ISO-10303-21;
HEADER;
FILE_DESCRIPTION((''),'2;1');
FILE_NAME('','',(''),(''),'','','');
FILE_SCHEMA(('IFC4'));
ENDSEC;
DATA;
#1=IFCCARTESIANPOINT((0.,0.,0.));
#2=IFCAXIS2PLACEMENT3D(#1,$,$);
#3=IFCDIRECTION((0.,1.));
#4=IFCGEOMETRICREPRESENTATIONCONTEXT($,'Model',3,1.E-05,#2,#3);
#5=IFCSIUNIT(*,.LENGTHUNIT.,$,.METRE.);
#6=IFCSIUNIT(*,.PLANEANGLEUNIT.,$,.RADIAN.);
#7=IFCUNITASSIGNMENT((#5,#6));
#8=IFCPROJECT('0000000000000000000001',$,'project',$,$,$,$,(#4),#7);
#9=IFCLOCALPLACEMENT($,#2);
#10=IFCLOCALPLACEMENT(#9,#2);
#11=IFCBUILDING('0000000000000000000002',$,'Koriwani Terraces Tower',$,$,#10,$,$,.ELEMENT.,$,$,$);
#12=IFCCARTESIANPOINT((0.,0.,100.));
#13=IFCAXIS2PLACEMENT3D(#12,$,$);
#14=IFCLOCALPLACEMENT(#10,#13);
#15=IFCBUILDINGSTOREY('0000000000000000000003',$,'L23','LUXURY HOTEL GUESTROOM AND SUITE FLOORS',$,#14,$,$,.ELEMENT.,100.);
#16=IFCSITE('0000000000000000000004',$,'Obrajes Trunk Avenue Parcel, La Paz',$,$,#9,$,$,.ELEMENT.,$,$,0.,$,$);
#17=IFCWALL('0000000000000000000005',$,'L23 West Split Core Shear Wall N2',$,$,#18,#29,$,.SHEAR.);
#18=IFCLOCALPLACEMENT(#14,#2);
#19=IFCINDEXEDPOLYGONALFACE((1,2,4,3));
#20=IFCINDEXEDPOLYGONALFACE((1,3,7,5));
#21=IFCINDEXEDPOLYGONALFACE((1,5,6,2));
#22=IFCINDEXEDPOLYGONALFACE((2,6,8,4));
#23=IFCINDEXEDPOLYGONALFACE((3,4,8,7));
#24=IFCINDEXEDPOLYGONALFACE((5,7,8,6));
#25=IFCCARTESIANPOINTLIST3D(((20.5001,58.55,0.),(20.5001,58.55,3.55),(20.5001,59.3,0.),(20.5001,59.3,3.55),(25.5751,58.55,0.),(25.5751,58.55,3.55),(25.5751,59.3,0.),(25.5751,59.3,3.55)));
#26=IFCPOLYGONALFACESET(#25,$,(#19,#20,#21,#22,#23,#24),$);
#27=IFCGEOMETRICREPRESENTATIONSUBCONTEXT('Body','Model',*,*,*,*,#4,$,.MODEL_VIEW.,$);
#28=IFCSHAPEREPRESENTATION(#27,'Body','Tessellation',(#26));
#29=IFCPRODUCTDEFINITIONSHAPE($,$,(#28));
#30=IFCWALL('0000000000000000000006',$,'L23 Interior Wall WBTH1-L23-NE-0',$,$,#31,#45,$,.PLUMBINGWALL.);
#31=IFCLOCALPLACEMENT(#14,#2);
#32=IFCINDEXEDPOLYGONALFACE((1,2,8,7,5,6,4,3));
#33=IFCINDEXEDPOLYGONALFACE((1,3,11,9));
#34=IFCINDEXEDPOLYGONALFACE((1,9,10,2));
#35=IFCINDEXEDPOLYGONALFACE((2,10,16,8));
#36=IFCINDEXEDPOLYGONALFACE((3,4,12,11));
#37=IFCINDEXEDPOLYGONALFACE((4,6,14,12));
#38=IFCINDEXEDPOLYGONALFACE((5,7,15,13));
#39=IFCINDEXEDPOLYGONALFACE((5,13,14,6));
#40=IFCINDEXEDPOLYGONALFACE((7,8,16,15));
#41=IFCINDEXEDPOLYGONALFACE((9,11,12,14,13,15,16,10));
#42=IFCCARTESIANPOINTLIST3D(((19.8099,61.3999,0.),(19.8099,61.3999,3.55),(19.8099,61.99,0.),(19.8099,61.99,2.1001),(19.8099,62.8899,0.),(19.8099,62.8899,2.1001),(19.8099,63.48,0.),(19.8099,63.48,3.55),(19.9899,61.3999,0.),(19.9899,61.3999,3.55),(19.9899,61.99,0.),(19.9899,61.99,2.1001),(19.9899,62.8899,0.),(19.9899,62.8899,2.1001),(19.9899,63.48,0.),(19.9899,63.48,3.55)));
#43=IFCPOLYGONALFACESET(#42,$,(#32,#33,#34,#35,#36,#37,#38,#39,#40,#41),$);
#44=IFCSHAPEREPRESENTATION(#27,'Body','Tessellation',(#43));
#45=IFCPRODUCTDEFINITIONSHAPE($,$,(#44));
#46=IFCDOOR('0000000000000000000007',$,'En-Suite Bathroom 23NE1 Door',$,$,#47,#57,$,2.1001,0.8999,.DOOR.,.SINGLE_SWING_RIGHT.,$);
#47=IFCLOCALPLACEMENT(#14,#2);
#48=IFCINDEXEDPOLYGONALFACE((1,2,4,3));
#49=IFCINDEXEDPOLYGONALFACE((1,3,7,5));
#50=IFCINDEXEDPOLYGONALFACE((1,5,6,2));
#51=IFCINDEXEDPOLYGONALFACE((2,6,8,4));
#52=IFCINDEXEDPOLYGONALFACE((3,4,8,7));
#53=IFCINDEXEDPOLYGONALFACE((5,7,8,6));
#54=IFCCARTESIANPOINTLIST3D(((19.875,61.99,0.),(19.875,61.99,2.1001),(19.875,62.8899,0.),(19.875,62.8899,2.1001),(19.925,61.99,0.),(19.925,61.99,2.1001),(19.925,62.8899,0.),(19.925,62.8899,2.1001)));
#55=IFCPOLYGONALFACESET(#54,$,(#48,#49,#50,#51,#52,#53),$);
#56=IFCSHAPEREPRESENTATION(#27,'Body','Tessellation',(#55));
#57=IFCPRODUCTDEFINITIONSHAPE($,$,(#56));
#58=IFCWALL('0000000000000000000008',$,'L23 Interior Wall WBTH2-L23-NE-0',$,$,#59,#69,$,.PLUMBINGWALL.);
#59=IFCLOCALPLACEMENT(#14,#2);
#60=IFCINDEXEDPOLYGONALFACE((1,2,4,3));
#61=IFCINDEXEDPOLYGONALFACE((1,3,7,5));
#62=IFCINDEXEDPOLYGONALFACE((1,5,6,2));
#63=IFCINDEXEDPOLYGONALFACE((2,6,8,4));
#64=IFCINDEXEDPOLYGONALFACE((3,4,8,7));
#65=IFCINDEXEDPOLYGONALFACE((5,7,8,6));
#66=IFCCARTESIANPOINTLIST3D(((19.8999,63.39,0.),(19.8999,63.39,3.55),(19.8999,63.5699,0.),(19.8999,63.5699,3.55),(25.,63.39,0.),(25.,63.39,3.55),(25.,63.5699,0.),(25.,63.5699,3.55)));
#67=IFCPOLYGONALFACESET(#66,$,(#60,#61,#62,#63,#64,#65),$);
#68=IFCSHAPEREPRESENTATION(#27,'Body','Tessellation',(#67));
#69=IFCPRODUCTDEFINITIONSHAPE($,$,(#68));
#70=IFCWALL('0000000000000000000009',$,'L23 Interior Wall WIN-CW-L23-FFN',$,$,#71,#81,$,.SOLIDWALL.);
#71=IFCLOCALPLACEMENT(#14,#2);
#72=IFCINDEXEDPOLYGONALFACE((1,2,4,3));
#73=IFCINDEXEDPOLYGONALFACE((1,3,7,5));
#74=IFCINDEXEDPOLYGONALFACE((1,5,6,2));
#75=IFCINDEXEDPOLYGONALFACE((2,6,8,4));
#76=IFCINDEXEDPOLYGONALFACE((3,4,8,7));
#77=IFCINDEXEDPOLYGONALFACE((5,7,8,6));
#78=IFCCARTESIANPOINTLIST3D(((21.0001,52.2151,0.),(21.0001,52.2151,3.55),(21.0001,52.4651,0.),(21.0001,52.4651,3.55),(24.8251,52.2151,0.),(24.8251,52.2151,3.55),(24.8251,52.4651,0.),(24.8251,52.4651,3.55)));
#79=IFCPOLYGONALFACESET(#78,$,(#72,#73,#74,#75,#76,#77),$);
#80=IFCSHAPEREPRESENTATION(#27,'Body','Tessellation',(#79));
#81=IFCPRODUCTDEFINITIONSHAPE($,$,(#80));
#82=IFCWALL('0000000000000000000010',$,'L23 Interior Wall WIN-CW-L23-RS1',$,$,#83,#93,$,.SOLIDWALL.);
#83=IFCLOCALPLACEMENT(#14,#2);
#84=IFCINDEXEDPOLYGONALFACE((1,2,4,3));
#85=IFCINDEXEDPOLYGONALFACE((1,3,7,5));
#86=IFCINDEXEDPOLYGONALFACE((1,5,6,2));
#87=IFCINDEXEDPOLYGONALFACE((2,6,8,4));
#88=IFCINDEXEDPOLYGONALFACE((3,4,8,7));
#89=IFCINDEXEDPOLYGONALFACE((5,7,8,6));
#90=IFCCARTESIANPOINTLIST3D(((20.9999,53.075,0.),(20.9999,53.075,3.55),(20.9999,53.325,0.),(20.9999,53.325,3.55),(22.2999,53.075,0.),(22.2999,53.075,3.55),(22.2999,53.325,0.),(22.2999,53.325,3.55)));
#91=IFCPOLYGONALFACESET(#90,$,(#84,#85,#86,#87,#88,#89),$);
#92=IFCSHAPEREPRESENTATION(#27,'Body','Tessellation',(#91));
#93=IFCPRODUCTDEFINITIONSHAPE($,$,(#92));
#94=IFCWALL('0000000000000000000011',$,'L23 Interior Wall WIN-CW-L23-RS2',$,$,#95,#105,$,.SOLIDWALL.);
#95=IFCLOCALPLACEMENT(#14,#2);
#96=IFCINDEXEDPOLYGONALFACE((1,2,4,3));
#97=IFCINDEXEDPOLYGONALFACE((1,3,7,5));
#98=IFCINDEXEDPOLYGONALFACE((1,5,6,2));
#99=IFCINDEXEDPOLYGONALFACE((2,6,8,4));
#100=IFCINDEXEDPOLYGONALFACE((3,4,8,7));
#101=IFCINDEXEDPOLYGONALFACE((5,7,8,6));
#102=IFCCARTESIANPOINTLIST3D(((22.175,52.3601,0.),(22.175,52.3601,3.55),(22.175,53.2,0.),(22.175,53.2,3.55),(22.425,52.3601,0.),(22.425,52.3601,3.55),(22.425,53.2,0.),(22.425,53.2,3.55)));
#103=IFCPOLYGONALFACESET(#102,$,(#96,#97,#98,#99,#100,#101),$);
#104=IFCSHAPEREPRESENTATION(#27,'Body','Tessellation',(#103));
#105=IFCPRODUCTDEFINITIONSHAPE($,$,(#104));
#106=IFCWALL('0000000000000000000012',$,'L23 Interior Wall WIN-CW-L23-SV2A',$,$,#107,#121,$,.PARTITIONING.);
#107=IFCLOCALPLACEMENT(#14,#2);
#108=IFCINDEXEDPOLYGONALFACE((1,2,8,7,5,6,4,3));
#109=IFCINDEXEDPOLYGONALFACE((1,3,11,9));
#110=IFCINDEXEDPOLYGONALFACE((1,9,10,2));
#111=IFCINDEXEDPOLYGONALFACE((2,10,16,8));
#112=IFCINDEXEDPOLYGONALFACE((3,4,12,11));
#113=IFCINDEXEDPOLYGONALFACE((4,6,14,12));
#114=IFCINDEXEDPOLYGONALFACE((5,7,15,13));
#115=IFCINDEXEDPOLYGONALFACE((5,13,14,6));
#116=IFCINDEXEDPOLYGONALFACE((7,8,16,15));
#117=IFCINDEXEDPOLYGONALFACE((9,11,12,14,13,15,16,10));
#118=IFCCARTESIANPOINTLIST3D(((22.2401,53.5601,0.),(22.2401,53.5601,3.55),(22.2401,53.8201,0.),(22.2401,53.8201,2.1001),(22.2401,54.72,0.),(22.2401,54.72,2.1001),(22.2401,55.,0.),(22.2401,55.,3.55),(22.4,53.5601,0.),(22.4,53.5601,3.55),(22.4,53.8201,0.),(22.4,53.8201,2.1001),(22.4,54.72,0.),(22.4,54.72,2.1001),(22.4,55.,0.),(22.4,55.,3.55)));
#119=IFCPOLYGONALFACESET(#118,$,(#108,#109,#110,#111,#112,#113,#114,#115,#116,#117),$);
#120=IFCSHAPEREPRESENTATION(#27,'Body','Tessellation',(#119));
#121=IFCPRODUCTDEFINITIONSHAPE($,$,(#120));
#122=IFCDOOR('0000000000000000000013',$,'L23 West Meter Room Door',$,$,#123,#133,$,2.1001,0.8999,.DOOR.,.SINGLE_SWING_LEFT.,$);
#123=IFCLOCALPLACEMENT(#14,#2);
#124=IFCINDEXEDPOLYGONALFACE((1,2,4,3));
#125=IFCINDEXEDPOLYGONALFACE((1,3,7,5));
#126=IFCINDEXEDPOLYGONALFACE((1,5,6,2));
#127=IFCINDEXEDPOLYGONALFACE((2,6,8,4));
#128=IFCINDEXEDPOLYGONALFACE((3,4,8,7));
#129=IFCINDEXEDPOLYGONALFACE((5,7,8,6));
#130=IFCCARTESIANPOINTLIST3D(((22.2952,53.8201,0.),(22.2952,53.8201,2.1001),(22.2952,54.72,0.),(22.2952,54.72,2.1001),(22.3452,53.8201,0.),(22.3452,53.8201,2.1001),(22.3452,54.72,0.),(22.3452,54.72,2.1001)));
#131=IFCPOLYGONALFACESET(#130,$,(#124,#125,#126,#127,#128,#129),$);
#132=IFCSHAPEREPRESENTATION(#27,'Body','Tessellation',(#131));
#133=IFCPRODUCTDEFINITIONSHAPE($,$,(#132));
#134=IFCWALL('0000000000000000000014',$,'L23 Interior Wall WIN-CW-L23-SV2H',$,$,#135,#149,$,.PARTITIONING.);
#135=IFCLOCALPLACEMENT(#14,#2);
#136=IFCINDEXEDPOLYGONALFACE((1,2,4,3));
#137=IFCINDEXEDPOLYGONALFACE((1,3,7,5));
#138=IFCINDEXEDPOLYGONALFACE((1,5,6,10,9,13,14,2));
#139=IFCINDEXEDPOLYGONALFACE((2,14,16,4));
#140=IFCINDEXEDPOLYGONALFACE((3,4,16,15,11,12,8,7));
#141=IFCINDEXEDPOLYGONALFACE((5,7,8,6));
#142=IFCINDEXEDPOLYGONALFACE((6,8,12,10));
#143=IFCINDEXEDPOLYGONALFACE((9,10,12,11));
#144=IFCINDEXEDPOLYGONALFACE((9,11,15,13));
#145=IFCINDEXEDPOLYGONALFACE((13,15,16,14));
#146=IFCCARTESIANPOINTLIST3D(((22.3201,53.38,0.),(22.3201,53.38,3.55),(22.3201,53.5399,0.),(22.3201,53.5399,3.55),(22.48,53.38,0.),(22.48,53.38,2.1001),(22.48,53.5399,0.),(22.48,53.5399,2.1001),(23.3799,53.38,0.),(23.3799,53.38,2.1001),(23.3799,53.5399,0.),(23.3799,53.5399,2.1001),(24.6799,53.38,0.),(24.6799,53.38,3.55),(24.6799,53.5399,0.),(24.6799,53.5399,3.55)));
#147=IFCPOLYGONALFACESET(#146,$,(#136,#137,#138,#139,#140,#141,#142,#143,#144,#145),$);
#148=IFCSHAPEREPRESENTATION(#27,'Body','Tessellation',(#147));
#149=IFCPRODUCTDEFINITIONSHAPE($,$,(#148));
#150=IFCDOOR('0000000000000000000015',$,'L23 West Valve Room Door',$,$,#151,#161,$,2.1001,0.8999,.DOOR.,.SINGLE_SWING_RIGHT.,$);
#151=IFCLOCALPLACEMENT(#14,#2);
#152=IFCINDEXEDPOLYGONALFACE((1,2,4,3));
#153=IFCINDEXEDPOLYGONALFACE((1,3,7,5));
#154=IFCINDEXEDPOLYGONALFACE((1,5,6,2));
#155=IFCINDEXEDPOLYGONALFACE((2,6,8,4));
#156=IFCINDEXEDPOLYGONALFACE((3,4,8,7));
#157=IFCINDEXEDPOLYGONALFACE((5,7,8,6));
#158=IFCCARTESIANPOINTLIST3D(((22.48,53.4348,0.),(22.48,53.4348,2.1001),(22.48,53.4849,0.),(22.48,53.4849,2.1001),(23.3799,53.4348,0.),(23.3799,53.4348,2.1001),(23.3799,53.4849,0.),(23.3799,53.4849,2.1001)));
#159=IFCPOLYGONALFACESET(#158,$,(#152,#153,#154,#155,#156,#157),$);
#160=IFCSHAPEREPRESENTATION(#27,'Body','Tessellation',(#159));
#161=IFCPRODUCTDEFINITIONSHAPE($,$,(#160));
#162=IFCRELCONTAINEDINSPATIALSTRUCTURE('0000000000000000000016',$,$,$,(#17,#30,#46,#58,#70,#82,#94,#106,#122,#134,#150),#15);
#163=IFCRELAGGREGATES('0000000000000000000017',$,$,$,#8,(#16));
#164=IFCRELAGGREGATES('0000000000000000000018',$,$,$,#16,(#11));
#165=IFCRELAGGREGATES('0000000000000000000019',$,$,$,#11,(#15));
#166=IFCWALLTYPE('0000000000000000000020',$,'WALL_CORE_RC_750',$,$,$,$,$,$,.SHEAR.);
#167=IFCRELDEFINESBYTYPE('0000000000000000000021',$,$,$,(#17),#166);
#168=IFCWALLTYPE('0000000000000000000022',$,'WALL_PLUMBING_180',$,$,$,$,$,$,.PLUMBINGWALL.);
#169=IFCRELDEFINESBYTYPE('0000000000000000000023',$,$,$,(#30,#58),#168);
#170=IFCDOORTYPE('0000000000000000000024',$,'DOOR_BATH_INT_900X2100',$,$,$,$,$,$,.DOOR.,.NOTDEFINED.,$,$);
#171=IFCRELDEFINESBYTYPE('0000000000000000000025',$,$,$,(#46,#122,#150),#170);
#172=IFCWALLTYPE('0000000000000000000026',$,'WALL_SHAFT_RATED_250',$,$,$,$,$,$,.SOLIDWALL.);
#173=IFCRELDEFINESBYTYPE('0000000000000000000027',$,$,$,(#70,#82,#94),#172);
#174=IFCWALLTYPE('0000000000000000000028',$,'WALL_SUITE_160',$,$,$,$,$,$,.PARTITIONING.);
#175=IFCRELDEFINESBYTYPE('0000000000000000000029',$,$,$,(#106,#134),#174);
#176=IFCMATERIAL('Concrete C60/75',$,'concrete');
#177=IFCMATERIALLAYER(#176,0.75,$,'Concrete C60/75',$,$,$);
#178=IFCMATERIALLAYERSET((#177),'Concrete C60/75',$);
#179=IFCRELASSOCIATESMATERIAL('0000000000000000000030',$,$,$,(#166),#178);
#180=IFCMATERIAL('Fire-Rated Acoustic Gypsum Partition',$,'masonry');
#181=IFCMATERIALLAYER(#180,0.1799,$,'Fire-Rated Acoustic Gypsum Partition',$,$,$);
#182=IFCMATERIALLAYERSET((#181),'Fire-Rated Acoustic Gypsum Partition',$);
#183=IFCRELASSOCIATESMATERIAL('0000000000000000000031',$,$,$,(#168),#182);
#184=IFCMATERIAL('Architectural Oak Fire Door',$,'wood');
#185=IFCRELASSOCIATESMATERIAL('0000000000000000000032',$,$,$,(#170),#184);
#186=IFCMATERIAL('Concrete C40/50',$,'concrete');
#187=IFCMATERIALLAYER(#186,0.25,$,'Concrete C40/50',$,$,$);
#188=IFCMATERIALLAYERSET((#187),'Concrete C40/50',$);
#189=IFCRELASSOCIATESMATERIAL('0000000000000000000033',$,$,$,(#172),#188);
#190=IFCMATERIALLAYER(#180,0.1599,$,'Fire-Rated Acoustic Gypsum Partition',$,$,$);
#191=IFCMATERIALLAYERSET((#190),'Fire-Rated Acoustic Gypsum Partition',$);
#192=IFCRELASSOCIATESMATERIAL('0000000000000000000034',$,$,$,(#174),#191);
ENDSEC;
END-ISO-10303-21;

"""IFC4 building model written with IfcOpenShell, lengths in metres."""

from ifc_helpers import new_model, si_unit, direction, frame, frame_2d, origin, place, context, subcontext, project, spatial, rectangle, extrude, material, layer, layer_set, type_object, element, fill, save


model = new_model("IFC4")

# Units and contexts
model_context = context("Model", 3, precision=1e-05, world=origin(), true_north=direction((0.0, 1.0)))
body_context = subcontext(model_context, "Body", "Model", "MODEL_VIEW")
ifc_project = project(units=[si_unit("LENGTHUNIT", "METRE"), si_unit("PLANEANGLEUNIT", "RADIAN")], contexts=[model_context])

# Site, building, storey
site_placement = place(None, origin())
site = spatial("IfcSite", under=ifc_project, at=site_placement, Name="Obrajes Trunk Avenue Parcel, La Paz", CompositionType="ELEMENT", RefElevation=0.0)
building_placement = place(site_placement, origin())
building = spatial("IfcBuilding", under=site, at=building_placement, Name="Koriwani Terraces Tower", CompositionType="ELEMENT")
storey_placement = place(building_placement, frame((0.0, 0.0, 100.0)))
storey = spatial("IfcBuildingStorey", under=building, at=storey_placement, Name="L23", Description="LUXURY HOTEL GUESTROOM AND SUITE FLOORS", CompositionType="ELEMENT", Elevation=100.0)

# Wall
ifc_material_1 = material(Name="Concrete C60/75", Category="concrete")
ifc_layer_1 = layer(ifc_material_1, 0.75, Name="Concrete C60/75")
ifc_layer_set_1 = layer_set([ifc_layer_1], Name="Concrete C60/75")
wall_type_1 = type_object("IfcWallType", Name="WALL_CORE_RC_750", PredefinedType="SHEAR", material=ifc_layer_set_1)
wall_1_placement = place(storey_placement, frame((20.5, 58.925, 0.0), z_axis=(0.0, 0.0, 1.0), x_axis=(1.0, 0.0, 0.0)))
element("IfcWall", 1, at=wall_1_placement, inside=storey, type_object=wall_type_1, Name="L23 West Split Core Shear Wall N2", PredefinedType="SHEAR", context=body_context, shape_type="SweptSolid", body=[
    extrude(rectangle(XDim=5.075, YDim=0.75, at=frame_2d((2.5376, 0.0))), origin(), (0.0, 0.0, 1.0), 3.55),
])

# Wall, opening, door
ifc_material_2 = material(Name="Fire-Rated Acoustic Gypsum Partition", Category="masonry")
ifc_layer_2 = layer(ifc_material_2, 0.1799, Name="Fire-Rated Acoustic Gypsum Partition")
ifc_layer_set_2 = layer_set([ifc_layer_2], Name="Fire-Rated Acoustic Gypsum Partition")
wall_type_2 = type_object("IfcWallType", Name="WALL_PLUMBING_180", PredefinedType="PLUMBINGWALL", material=ifc_layer_set_2)
wall_2_placement = place(storey_placement, frame((19.8999, 61.3999, 0.0), z_axis=(0.0, 0.0, 1.0), x_axis=(0.0, 1.0, 0.0)))
wall_2 = element("IfcWall", 2, at=wall_2_placement, inside=storey, type_object=wall_type_2, Name="L23 Interior Wall WBTH1-L23-NE-0", PredefinedType="PLUMBINGWALL", context=body_context, shape_type="SweptSolid", body=[
    extrude(rectangle(XDim=2.0801, YDim=0.1799, at=frame_2d((1.04, 0.0))), origin(), (0.0, 0.0, 1.0), 3.55),
])
opening_1_placement = place(wall_2_placement, frame((0.5901, 0.0, 0.0)))
opening_1 = element("IfcOpeningElement", 3, at=opening_1_placement, cuts=wall_2, PredefinedType="OPENING", context=body_context, shape_type="SweptSolid", body=[
    extrude(rectangle(XDim=0.8999, YDim=2.1001, at=frame_2d((0.45, 1.05))), frame((0.0, 0.1001, 0.0), z_axis=(0.0, -1.0, 0.0), x_axis=(1.0, 0.0, 0.0)), (0.0, 0.0, 1.0), 0.2),
])
ifc_material_3 = material(Name="Architectural Oak Fire Door", Category="wood")
door_type_1 = type_object("IfcDoorType", Name="DOOR_BATH_INT_900X2100", OperationType="NOTDEFINED", PredefinedType="DOOR", material=ifc_material_3)
door_1_placement = place(opening_1_placement, origin())
door_1 = element("IfcDoor", 4, at=door_1_placement, inside=storey, type_object=door_type_1, Name="En-Suite Bathroom 23NE1 Door", OperationType="SINGLE_SWING_RIGHT", OverallHeight=2.1001, OverallWidth=0.8999, PredefinedType="DOOR", context=body_context, shape_type="SweptSolid", body=[
    extrude(rectangle(XDim=0.8999, YDim=2.1001, at=frame_2d((0.45, 1.05))), frame((0.0, 0.0249, 0.0), z_axis=(0.0, -1.0, 0.0), x_axis=(1.0, 0.0, 0.0)), (0.0, 0.0, 1.0), 0.05),
])
fill(opening_1, door_1)

# Walls
wall_3_placement = place(storey_placement, frame((19.8999, 63.48, 0.0), z_axis=(0.0, 0.0, 1.0), x_axis=(1.0, 0.0, 0.0)))
element("IfcWall", 5, at=wall_3_placement, inside=storey, type_object=wall_type_2, Name="L23 Interior Wall WBTH2-L23-NE-0", PredefinedType="PLUMBINGWALL", context=body_context, shape_type="SweptSolid", body=[
    extrude(rectangle(XDim=5.1001, YDim=0.1799, at=frame_2d((2.55, 0.0))), origin(), (0.0, 0.0, 1.0), 3.55),
])
ifc_material_4 = material(Name="Concrete C40/50", Category="concrete")
ifc_layer_3 = layer(ifc_material_4, 0.25, Name="Concrete C40/50")
ifc_layer_set_3 = layer_set([ifc_layer_3], Name="Concrete C40/50")
wall_type_3 = type_object("IfcWallType", Name="WALL_SHAFT_RATED_250", PredefinedType="SOLIDWALL", material=ifc_layer_set_3)
wall_4_placement = place(storey_placement, frame((21.0, 52.3401, 0.0), z_axis=(0.0, 0.0, 1.0), x_axis=(1.0, 0.0, 0.0)))
element("IfcWall", 6, at=wall_4_placement, inside=storey, type_object=wall_type_3, Name="L23 Interior Wall WIN-CW-L23-FFN", PredefinedType="SOLIDWALL", context=body_context, shape_type="SweptSolid", body=[
    extrude(rectangle(XDim=3.825, YDim=0.25, at=frame_2d((1.9126, 0.0))), origin(), (0.0, 0.0, 1.0), 3.55),
])

# Walls
wall_5_placement = place(storey_placement, frame((21.0, 53.2, 0.0), z_axis=(0.0, 0.0, 1.0), x_axis=(1.0, 0.0, 0.0)))
element("IfcWall", 7, at=wall_5_placement, inside=storey, type_object=wall_type_3, Name="L23 Interior Wall WIN-CW-L23-RS1", PredefinedType="SOLIDWALL", context=body_context, shape_type="SweptSolid", body=[
    extrude(rectangle(XDim=1.3, YDim=0.25, at=frame_2d((0.6499, 0.0))), origin(), (0.0, 0.0, 1.0), 3.55),
])
wall_6_placement = place(storey_placement, frame((22.3, 52.3601, 0.0), z_axis=(0.0, 0.0, 1.0), x_axis=(0.0, 1.0, 0.0)))
element("IfcWall", 8, at=wall_6_placement, inside=storey, type_object=wall_type_3, Name="L23 Interior Wall WIN-CW-L23-RS2", PredefinedType="SOLIDWALL", context=body_context, shape_type="SweptSolid", body=[
    extrude(rectangle(XDim=0.8398, YDim=0.25, at=frame_2d((0.4199, 0.0))), origin(), (0.0, 0.0, 1.0), 3.55),
])

# Walls, openings, doors
ifc_layer_4 = layer(ifc_material_2, 0.1599, Name="Fire-Rated Acoustic Gypsum Partition")
ifc_layer_set_4 = layer_set([ifc_layer_4], Name="Fire-Rated Acoustic Gypsum Partition")
wall_type_4 = type_object("IfcWallType", Name="WALL_SUITE_160", PredefinedType="PARTITIONING", material=ifc_layer_set_4)
wall_7_placement = place(storey_placement, frame((22.3201, 53.5601, 0.0), z_axis=(0.0, 0.0, 1.0), x_axis=(0.0, 1.0, 0.0)))
wall_7 = element("IfcWall", 9, at=wall_7_placement, inside=storey, type_object=wall_type_4, Name="L23 Interior Wall WIN-CW-L23-SV2A", PredefinedType="PARTITIONING", context=body_context, shape_type="SweptSolid", body=[
    extrude(rectangle(XDim=1.4399, YDim=0.1599, at=frame_2d((0.72, 0.0))), origin(), (0.0, 0.0, 1.0), 3.55),
])
opening_2_placement = place(wall_7_placement, frame((0.26, 0.0, 0.0)))
opening_2 = element("IfcOpeningElement", 10, at=opening_2_placement, cuts=wall_7, PredefinedType="OPENING", context=body_context, shape_type="SweptSolid", body=[
    extrude(rectangle(XDim=0.8999, YDim=2.1001, at=frame_2d((0.45, 1.05))), frame((0.0, 0.0898, 0.0), z_axis=(0.0, -1.0, 0.0), x_axis=(1.0, 0.0, 0.0)), (0.0, 0.0, 1.0), 0.1799),
])
door_2_placement = place(opening_2_placement, origin())
door_2 = element("IfcDoor", 11, at=door_2_placement, inside=storey, type_object=door_type_1, Name="L23 West Meter Room Door", OperationType="SINGLE_SWING_LEFT", OverallHeight=2.1001, OverallWidth=0.8999, PredefinedType="DOOR", context=body_context, shape_type="SweptSolid", body=[
    extrude(rectangle(XDim=0.8999, YDim=2.1001, at=frame_2d((0.45, 1.05))), frame((0.0, 0.0249, 0.0), z_axis=(0.0, -1.0, 0.0), x_axis=(1.0, 0.0, 0.0)), (0.0, 0.0, 1.0), 0.05),
])
fill(opening_2, door_2)
wall_8_placement = place(storey_placement, frame((22.3201, 53.46, 0.0), z_axis=(0.0, 0.0, 1.0), x_axis=(1.0, 0.0, 0.0)))
wall_8 = element("IfcWall", 12, at=wall_8_placement, inside=storey, type_object=wall_type_4, Name="L23 Interior Wall WIN-CW-L23-SV2H", PredefinedType="PARTITIONING", context=body_context, shape_type="SweptSolid", body=[
    extrude(rectangle(XDim=2.3599, YDim=0.1599, at=frame_2d((1.1799, 0.0))), origin(), (0.0, 0.0, 1.0), 3.55),
])
opening_3_placement = place(wall_8_placement, frame((0.1599, 0.0, 0.0)))
opening_3 = element("IfcOpeningElement", 13, at=opening_3_placement, cuts=wall_8, PredefinedType="OPENING", context=body_context, shape_type="SweptSolid", body=[
    extrude(rectangle(XDim=0.8999, YDim=2.1001, at=frame_2d((0.45, 1.05))), frame((0.0, 0.0898, 0.0), z_axis=(0.0, -1.0, 0.0), x_axis=(1.0, 0.0, 0.0)), (0.0, 0.0, 1.0), 0.1799),
])
door_3_placement = place(opening_3_placement, origin())
door_3 = element("IfcDoor", 14, at=door_3_placement, inside=storey, type_object=door_type_1, Name="L23 West Valve Room Door", OperationType="SINGLE_SWING_RIGHT", OverallHeight=2.1001, OverallWidth=0.8999, PredefinedType="DOOR", context=body_context, shape_type="SweptSolid", body=[
    extrude(rectangle(XDim=0.8999, YDim=2.1001, at=frame_2d((0.45, 1.05))), frame((0.0, 0.0249, 0.0), z_axis=(0.0, -1.0, 0.0), x_axis=(1.0, 0.0, 0.0)), (0.0, 0.0, 1.0), 0.05),
])
fill(opening_3, door_3)

save(model, "model.ifc")
